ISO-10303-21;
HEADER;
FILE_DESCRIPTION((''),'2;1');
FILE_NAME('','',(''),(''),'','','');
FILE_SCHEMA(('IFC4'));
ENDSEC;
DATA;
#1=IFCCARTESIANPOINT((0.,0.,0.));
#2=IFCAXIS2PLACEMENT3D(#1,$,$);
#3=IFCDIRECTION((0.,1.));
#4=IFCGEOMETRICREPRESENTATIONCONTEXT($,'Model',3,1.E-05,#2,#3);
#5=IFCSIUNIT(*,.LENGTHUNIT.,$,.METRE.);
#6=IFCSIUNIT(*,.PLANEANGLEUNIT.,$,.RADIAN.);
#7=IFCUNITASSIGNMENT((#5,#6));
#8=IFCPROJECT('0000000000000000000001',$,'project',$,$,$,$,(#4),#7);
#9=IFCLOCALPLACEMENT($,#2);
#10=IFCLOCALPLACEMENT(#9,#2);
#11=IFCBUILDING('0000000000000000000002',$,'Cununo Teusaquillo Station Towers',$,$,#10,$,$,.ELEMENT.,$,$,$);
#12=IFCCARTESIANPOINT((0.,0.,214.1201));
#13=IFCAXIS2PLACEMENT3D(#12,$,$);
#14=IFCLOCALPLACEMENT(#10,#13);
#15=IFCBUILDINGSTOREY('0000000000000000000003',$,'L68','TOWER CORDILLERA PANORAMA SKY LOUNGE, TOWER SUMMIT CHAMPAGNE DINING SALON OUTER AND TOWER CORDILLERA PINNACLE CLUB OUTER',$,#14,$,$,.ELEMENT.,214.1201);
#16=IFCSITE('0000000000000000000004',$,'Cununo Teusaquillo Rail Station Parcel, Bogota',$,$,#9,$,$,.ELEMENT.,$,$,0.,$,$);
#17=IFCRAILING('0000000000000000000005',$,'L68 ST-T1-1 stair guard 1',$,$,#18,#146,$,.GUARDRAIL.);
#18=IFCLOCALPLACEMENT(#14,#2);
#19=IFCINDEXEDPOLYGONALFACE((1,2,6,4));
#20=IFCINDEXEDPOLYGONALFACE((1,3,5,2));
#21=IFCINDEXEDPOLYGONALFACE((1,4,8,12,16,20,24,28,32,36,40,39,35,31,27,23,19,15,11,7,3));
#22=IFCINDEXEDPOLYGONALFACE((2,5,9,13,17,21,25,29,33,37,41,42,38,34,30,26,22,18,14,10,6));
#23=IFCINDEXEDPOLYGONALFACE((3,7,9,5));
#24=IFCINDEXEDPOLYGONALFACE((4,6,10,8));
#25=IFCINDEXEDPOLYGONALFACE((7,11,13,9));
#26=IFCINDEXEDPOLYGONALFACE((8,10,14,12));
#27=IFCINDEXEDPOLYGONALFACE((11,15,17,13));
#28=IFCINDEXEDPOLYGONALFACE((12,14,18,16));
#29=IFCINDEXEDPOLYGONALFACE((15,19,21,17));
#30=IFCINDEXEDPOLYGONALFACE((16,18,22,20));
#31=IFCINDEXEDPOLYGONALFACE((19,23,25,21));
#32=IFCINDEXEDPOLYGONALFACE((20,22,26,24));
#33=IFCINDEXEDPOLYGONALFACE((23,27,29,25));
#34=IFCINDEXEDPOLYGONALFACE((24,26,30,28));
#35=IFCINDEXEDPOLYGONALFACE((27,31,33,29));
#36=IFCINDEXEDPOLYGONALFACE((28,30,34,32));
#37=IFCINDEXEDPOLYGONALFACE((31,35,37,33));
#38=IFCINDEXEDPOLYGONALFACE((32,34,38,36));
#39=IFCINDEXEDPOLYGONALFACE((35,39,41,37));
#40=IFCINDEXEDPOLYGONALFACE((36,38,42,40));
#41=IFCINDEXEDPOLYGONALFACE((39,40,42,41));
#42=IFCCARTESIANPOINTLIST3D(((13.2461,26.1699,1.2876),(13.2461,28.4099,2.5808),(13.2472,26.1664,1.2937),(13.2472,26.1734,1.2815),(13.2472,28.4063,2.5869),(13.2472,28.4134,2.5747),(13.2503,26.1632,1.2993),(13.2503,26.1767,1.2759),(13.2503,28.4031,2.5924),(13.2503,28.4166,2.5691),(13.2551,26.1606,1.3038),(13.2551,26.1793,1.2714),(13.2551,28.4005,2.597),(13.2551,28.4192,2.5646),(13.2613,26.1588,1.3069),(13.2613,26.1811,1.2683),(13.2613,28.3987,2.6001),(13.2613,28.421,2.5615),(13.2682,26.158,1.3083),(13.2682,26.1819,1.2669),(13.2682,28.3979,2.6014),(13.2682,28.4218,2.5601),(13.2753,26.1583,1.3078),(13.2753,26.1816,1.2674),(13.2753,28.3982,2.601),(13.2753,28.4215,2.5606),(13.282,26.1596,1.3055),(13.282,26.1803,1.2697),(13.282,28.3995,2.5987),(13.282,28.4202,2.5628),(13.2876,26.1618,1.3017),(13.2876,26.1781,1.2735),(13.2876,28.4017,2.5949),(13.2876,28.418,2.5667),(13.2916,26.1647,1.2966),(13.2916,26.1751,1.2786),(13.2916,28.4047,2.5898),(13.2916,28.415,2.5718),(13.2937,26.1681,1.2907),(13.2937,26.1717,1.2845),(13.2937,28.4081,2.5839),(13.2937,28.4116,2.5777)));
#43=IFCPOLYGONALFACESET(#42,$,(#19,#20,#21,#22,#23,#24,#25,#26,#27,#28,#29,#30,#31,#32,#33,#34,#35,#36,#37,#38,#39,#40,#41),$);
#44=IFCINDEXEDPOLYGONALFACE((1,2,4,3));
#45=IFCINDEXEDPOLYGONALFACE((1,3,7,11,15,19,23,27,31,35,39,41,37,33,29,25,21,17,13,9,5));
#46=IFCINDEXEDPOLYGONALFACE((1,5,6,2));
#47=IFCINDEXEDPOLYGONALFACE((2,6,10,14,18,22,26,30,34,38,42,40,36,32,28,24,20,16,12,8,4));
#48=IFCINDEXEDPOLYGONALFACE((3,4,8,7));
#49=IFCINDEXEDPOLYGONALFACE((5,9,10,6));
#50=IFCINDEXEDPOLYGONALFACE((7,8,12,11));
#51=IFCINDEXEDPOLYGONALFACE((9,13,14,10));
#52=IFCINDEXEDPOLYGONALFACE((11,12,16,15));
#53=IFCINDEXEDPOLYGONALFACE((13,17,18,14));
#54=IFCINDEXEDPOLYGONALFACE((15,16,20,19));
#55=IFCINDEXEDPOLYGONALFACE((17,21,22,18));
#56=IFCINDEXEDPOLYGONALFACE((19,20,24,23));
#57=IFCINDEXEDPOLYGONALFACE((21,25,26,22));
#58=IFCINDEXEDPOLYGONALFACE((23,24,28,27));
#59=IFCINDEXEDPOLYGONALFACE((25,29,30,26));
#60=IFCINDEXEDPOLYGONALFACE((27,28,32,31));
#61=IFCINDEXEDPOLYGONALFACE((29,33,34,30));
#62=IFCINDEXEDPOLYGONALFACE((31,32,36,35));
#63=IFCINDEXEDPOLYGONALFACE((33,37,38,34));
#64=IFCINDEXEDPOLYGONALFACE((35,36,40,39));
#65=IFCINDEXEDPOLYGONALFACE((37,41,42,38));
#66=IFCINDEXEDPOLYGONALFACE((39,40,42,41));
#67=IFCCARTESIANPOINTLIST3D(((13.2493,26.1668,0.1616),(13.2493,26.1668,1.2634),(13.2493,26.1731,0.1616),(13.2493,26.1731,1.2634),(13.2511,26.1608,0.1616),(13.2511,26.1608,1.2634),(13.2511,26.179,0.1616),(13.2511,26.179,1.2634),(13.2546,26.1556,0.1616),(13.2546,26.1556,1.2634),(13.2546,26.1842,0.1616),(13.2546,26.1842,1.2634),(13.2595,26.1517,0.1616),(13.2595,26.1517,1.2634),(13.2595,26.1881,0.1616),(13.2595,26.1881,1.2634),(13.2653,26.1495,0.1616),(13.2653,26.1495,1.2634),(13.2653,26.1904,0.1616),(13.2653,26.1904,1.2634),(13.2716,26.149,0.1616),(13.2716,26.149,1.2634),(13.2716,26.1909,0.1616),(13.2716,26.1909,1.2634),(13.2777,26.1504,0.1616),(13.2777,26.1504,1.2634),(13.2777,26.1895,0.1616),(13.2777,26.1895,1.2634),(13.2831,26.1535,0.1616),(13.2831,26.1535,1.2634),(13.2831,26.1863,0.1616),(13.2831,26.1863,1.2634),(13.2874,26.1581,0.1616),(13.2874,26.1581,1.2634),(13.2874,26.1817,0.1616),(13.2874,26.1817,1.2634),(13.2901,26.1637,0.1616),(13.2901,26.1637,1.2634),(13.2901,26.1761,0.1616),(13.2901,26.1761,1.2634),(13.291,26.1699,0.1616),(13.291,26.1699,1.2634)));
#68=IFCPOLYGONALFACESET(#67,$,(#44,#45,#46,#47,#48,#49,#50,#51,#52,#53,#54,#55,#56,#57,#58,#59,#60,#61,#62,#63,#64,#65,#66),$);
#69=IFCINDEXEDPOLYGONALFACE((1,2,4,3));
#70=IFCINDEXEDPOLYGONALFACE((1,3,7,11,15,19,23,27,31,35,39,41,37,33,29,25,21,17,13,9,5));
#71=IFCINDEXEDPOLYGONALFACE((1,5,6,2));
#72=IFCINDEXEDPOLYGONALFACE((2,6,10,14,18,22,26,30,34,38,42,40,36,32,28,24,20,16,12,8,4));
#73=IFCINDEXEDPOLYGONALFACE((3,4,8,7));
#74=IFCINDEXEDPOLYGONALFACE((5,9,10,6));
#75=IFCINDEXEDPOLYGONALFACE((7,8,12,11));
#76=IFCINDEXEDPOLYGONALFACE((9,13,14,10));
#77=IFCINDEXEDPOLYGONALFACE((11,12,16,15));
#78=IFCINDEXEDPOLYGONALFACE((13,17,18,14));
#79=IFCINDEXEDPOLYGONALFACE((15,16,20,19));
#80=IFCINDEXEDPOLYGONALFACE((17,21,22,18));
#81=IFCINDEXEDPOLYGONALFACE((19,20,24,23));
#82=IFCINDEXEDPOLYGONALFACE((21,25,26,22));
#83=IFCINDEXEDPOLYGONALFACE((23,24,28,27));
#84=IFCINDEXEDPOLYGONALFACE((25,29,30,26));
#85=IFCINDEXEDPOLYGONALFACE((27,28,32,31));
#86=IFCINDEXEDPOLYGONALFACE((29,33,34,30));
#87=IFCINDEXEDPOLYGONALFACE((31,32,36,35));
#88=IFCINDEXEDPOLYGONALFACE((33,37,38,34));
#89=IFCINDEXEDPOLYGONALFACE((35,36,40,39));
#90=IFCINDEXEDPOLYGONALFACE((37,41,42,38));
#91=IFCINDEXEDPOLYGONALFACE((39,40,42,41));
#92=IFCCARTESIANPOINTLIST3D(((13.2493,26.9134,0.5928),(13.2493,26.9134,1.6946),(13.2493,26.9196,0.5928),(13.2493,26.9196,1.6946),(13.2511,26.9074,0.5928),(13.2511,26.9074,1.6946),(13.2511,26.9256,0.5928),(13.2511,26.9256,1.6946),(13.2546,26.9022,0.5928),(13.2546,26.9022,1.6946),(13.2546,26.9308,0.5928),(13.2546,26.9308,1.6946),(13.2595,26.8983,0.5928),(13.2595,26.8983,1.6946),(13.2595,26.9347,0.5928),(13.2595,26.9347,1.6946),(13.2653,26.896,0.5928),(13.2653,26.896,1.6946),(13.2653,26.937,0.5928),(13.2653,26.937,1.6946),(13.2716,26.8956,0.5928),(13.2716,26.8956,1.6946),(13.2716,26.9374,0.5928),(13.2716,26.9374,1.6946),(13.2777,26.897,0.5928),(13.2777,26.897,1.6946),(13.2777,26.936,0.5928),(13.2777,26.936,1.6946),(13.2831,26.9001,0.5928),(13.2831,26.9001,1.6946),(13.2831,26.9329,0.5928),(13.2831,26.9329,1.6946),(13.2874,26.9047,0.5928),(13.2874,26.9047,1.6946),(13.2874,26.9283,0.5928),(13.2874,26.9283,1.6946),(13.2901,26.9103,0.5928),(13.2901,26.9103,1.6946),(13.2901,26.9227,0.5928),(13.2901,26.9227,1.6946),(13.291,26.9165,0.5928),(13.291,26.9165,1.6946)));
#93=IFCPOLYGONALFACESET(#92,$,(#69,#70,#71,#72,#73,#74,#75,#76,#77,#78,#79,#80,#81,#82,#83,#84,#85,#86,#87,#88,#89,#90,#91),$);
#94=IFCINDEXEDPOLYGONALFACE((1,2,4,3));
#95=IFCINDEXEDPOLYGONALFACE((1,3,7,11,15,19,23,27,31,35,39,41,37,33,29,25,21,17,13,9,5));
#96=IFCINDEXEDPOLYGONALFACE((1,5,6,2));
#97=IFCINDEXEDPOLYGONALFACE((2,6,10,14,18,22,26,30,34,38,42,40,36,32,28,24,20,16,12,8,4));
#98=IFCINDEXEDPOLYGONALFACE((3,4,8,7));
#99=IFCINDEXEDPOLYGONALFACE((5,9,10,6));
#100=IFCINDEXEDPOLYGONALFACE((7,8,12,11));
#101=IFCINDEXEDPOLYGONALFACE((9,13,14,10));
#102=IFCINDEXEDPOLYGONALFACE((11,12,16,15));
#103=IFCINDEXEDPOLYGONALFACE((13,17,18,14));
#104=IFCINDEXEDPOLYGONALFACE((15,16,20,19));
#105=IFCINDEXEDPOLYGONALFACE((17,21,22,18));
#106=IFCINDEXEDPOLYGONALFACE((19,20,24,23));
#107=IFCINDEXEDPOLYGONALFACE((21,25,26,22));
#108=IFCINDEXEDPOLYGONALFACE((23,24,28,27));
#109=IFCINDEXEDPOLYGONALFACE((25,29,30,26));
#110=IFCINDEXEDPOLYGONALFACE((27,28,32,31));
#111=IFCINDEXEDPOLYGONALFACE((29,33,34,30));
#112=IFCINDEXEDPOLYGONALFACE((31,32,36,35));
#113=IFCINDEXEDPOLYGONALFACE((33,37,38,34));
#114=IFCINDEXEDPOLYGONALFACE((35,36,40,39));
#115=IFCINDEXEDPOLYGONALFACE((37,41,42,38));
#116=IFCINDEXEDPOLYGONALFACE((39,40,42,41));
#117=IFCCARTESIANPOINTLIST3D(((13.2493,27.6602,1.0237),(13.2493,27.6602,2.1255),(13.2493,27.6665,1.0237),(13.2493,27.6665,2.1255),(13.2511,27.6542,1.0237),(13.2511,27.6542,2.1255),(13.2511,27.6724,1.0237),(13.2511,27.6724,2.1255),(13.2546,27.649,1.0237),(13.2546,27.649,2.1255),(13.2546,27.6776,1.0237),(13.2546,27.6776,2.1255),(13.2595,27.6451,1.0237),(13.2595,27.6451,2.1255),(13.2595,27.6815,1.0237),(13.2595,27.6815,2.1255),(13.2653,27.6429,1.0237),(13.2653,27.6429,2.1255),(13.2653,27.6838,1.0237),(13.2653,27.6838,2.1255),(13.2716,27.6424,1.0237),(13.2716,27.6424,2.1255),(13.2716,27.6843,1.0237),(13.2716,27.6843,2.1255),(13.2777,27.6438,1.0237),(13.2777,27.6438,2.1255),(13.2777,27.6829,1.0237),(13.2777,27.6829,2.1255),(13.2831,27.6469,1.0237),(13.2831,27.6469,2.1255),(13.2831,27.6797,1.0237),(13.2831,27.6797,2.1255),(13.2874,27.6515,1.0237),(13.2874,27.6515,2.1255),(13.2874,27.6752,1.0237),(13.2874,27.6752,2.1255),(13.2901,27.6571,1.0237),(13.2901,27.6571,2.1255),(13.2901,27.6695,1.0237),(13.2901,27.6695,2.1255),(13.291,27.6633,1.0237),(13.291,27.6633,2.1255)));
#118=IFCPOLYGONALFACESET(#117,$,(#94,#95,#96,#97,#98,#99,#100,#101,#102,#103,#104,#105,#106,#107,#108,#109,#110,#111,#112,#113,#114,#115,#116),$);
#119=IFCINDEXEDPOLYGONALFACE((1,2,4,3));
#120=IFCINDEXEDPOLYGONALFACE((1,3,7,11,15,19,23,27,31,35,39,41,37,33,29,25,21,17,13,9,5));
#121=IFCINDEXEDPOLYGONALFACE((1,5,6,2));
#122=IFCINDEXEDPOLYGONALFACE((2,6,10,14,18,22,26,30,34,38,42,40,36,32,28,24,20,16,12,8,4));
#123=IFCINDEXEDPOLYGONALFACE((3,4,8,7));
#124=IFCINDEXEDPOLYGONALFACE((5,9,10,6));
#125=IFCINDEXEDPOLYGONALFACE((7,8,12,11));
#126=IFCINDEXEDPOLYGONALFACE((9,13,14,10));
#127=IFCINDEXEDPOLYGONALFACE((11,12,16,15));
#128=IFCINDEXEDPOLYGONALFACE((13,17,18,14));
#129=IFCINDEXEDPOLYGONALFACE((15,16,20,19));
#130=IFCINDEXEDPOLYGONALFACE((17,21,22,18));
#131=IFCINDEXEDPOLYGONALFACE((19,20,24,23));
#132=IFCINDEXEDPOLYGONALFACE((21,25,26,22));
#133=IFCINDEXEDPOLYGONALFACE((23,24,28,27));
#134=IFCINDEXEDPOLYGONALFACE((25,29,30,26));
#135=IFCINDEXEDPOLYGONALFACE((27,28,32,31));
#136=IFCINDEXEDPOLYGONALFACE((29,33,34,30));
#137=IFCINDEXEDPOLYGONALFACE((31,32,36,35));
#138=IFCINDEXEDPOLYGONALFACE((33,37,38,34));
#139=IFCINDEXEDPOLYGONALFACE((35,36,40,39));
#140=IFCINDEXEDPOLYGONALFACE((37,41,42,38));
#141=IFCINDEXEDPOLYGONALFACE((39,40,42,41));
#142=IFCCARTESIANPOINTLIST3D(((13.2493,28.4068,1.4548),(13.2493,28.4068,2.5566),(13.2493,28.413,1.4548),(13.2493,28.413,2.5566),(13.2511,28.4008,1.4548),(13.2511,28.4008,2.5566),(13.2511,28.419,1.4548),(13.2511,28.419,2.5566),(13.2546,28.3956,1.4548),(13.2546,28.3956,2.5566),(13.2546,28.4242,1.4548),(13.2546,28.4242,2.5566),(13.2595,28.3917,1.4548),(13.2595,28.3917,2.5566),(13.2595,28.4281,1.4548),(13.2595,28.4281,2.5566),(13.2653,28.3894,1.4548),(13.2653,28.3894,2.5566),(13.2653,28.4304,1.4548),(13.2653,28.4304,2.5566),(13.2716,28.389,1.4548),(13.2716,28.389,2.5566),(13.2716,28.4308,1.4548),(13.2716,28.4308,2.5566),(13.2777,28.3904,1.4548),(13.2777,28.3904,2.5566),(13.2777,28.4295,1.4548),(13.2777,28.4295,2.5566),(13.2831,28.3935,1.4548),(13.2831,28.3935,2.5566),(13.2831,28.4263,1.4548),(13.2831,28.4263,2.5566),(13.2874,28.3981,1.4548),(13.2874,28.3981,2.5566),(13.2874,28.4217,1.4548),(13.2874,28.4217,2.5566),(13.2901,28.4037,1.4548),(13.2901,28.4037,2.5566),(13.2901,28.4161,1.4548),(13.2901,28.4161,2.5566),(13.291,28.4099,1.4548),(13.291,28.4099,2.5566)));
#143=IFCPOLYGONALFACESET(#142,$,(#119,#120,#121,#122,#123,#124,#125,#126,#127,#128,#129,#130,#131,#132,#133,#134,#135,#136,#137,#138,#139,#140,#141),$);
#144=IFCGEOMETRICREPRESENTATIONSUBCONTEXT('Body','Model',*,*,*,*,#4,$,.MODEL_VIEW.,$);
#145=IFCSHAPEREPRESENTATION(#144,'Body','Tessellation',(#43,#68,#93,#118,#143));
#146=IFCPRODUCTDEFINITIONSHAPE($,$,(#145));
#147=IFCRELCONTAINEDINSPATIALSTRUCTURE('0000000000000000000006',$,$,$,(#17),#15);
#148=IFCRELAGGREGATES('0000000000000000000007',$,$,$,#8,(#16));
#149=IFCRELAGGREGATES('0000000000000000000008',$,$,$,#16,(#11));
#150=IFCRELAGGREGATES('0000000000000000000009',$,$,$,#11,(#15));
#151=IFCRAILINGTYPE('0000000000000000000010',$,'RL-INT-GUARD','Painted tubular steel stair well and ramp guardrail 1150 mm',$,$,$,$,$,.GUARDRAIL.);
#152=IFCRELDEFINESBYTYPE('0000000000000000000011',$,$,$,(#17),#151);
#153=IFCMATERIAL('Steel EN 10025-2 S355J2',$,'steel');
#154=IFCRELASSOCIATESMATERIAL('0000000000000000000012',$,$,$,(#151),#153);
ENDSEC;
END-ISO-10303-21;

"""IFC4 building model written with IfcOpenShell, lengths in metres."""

from ifc_helpers import new_model, si_unit, direction, frame, origin, origin_2d, place, context, subcontext, project, spatial, circle, extrude, material, type_object, element, save


model = new_model("IFC4")

# Units and contexts
model_context = context("Model", 3, precision=1e-05, world=origin(), true_north=direction((0.0, 1.0)))
body_context = subcontext(model_context, "Body", "Model", "MODEL_VIEW")
ifc_project = project(units=[si_unit("LENGTHUNIT", "METRE"), si_unit("PLANEANGLEUNIT", "RADIAN")], contexts=[model_context])

# Site, building, storey
site_placement = place(None, origin())
site = spatial("IfcSite", under=ifc_project, at=site_placement, Name="Cununo Teusaquillo Rail Station Parcel, Bogota", CompositionType="ELEMENT", RefElevation=0.0)
building_placement = place(site_placement, origin())
building = spatial("IfcBuilding", under=site, at=building_placement, Name="Cununo Teusaquillo Station Towers", CompositionType="ELEMENT")
storey_placement = place(building_placement, frame((0.0, 0.0, 214.1201)))
storey = spatial("IfcBuildingStorey", under=building, at=storey_placement, Name="L68", Description="TOWER CORDILLERA PANORAMA SKY LOUNGE, TOWER SUMMIT CHAMPAGNE DINING SALON OUTER AND TOWER CORDILLERA PINNACLE CLUB OUTER", CompositionType="ELEMENT", Elevation=214.1201)

# Railing
ifc_material_1 = material(Name="Steel EN 10025-2 S355J2", Category="steel")
railing_type_1 = type_object("IfcRailingType", Name="RL-INT-GUARD", Description="Painted tubular steel stair well and ramp guardrail 1150 mm", PredefinedType="GUARDRAIL", material=ifc_material_1)
railing_1_placement = place(storey_placement, frame((13.27, 26.1699, 0.1616)))
element("IfcRailing", 1, at=railing_1_placement, inside=storey, type_object=railing_type_1, Name="L68 ST-T1-1 stair guard 1", PredefinedType="GUARDRAIL", context=body_context, shape_type="SweptSolid", body=[
    extrude(circle(Radius=0.0239, at=origin_2d()), frame((0.0, 0.0, 1.126), z_axis=(0.0, 0.866033, 0.499987), x_axis=(-1.0, 0.0, 0.0)), (0.0, 0.0, 1.0), 2.5864),
    extrude(circle(Radius=0.021, at=origin_2d()), origin(), (0.0, 0.0, 1.0), 1.1018),
    extrude(circle(Radius=0.021, at=origin_2d()), frame((0.0, 0.7466, 0.4312)), (0.0, 0.0, 1.0), 1.1018),
    extrude(circle(Radius=0.021, at=origin_2d()), frame((0.0, 1.4934, 0.8621)), (0.0, 0.0, 1.0), 1.1018),
    extrude(circle(Radius=0.021, at=origin_2d()), frame((0.0, 2.24, 1.2932)), (0.0, 0.0, 1.0), 1.1018),
])

save(model, "model.ifc")
